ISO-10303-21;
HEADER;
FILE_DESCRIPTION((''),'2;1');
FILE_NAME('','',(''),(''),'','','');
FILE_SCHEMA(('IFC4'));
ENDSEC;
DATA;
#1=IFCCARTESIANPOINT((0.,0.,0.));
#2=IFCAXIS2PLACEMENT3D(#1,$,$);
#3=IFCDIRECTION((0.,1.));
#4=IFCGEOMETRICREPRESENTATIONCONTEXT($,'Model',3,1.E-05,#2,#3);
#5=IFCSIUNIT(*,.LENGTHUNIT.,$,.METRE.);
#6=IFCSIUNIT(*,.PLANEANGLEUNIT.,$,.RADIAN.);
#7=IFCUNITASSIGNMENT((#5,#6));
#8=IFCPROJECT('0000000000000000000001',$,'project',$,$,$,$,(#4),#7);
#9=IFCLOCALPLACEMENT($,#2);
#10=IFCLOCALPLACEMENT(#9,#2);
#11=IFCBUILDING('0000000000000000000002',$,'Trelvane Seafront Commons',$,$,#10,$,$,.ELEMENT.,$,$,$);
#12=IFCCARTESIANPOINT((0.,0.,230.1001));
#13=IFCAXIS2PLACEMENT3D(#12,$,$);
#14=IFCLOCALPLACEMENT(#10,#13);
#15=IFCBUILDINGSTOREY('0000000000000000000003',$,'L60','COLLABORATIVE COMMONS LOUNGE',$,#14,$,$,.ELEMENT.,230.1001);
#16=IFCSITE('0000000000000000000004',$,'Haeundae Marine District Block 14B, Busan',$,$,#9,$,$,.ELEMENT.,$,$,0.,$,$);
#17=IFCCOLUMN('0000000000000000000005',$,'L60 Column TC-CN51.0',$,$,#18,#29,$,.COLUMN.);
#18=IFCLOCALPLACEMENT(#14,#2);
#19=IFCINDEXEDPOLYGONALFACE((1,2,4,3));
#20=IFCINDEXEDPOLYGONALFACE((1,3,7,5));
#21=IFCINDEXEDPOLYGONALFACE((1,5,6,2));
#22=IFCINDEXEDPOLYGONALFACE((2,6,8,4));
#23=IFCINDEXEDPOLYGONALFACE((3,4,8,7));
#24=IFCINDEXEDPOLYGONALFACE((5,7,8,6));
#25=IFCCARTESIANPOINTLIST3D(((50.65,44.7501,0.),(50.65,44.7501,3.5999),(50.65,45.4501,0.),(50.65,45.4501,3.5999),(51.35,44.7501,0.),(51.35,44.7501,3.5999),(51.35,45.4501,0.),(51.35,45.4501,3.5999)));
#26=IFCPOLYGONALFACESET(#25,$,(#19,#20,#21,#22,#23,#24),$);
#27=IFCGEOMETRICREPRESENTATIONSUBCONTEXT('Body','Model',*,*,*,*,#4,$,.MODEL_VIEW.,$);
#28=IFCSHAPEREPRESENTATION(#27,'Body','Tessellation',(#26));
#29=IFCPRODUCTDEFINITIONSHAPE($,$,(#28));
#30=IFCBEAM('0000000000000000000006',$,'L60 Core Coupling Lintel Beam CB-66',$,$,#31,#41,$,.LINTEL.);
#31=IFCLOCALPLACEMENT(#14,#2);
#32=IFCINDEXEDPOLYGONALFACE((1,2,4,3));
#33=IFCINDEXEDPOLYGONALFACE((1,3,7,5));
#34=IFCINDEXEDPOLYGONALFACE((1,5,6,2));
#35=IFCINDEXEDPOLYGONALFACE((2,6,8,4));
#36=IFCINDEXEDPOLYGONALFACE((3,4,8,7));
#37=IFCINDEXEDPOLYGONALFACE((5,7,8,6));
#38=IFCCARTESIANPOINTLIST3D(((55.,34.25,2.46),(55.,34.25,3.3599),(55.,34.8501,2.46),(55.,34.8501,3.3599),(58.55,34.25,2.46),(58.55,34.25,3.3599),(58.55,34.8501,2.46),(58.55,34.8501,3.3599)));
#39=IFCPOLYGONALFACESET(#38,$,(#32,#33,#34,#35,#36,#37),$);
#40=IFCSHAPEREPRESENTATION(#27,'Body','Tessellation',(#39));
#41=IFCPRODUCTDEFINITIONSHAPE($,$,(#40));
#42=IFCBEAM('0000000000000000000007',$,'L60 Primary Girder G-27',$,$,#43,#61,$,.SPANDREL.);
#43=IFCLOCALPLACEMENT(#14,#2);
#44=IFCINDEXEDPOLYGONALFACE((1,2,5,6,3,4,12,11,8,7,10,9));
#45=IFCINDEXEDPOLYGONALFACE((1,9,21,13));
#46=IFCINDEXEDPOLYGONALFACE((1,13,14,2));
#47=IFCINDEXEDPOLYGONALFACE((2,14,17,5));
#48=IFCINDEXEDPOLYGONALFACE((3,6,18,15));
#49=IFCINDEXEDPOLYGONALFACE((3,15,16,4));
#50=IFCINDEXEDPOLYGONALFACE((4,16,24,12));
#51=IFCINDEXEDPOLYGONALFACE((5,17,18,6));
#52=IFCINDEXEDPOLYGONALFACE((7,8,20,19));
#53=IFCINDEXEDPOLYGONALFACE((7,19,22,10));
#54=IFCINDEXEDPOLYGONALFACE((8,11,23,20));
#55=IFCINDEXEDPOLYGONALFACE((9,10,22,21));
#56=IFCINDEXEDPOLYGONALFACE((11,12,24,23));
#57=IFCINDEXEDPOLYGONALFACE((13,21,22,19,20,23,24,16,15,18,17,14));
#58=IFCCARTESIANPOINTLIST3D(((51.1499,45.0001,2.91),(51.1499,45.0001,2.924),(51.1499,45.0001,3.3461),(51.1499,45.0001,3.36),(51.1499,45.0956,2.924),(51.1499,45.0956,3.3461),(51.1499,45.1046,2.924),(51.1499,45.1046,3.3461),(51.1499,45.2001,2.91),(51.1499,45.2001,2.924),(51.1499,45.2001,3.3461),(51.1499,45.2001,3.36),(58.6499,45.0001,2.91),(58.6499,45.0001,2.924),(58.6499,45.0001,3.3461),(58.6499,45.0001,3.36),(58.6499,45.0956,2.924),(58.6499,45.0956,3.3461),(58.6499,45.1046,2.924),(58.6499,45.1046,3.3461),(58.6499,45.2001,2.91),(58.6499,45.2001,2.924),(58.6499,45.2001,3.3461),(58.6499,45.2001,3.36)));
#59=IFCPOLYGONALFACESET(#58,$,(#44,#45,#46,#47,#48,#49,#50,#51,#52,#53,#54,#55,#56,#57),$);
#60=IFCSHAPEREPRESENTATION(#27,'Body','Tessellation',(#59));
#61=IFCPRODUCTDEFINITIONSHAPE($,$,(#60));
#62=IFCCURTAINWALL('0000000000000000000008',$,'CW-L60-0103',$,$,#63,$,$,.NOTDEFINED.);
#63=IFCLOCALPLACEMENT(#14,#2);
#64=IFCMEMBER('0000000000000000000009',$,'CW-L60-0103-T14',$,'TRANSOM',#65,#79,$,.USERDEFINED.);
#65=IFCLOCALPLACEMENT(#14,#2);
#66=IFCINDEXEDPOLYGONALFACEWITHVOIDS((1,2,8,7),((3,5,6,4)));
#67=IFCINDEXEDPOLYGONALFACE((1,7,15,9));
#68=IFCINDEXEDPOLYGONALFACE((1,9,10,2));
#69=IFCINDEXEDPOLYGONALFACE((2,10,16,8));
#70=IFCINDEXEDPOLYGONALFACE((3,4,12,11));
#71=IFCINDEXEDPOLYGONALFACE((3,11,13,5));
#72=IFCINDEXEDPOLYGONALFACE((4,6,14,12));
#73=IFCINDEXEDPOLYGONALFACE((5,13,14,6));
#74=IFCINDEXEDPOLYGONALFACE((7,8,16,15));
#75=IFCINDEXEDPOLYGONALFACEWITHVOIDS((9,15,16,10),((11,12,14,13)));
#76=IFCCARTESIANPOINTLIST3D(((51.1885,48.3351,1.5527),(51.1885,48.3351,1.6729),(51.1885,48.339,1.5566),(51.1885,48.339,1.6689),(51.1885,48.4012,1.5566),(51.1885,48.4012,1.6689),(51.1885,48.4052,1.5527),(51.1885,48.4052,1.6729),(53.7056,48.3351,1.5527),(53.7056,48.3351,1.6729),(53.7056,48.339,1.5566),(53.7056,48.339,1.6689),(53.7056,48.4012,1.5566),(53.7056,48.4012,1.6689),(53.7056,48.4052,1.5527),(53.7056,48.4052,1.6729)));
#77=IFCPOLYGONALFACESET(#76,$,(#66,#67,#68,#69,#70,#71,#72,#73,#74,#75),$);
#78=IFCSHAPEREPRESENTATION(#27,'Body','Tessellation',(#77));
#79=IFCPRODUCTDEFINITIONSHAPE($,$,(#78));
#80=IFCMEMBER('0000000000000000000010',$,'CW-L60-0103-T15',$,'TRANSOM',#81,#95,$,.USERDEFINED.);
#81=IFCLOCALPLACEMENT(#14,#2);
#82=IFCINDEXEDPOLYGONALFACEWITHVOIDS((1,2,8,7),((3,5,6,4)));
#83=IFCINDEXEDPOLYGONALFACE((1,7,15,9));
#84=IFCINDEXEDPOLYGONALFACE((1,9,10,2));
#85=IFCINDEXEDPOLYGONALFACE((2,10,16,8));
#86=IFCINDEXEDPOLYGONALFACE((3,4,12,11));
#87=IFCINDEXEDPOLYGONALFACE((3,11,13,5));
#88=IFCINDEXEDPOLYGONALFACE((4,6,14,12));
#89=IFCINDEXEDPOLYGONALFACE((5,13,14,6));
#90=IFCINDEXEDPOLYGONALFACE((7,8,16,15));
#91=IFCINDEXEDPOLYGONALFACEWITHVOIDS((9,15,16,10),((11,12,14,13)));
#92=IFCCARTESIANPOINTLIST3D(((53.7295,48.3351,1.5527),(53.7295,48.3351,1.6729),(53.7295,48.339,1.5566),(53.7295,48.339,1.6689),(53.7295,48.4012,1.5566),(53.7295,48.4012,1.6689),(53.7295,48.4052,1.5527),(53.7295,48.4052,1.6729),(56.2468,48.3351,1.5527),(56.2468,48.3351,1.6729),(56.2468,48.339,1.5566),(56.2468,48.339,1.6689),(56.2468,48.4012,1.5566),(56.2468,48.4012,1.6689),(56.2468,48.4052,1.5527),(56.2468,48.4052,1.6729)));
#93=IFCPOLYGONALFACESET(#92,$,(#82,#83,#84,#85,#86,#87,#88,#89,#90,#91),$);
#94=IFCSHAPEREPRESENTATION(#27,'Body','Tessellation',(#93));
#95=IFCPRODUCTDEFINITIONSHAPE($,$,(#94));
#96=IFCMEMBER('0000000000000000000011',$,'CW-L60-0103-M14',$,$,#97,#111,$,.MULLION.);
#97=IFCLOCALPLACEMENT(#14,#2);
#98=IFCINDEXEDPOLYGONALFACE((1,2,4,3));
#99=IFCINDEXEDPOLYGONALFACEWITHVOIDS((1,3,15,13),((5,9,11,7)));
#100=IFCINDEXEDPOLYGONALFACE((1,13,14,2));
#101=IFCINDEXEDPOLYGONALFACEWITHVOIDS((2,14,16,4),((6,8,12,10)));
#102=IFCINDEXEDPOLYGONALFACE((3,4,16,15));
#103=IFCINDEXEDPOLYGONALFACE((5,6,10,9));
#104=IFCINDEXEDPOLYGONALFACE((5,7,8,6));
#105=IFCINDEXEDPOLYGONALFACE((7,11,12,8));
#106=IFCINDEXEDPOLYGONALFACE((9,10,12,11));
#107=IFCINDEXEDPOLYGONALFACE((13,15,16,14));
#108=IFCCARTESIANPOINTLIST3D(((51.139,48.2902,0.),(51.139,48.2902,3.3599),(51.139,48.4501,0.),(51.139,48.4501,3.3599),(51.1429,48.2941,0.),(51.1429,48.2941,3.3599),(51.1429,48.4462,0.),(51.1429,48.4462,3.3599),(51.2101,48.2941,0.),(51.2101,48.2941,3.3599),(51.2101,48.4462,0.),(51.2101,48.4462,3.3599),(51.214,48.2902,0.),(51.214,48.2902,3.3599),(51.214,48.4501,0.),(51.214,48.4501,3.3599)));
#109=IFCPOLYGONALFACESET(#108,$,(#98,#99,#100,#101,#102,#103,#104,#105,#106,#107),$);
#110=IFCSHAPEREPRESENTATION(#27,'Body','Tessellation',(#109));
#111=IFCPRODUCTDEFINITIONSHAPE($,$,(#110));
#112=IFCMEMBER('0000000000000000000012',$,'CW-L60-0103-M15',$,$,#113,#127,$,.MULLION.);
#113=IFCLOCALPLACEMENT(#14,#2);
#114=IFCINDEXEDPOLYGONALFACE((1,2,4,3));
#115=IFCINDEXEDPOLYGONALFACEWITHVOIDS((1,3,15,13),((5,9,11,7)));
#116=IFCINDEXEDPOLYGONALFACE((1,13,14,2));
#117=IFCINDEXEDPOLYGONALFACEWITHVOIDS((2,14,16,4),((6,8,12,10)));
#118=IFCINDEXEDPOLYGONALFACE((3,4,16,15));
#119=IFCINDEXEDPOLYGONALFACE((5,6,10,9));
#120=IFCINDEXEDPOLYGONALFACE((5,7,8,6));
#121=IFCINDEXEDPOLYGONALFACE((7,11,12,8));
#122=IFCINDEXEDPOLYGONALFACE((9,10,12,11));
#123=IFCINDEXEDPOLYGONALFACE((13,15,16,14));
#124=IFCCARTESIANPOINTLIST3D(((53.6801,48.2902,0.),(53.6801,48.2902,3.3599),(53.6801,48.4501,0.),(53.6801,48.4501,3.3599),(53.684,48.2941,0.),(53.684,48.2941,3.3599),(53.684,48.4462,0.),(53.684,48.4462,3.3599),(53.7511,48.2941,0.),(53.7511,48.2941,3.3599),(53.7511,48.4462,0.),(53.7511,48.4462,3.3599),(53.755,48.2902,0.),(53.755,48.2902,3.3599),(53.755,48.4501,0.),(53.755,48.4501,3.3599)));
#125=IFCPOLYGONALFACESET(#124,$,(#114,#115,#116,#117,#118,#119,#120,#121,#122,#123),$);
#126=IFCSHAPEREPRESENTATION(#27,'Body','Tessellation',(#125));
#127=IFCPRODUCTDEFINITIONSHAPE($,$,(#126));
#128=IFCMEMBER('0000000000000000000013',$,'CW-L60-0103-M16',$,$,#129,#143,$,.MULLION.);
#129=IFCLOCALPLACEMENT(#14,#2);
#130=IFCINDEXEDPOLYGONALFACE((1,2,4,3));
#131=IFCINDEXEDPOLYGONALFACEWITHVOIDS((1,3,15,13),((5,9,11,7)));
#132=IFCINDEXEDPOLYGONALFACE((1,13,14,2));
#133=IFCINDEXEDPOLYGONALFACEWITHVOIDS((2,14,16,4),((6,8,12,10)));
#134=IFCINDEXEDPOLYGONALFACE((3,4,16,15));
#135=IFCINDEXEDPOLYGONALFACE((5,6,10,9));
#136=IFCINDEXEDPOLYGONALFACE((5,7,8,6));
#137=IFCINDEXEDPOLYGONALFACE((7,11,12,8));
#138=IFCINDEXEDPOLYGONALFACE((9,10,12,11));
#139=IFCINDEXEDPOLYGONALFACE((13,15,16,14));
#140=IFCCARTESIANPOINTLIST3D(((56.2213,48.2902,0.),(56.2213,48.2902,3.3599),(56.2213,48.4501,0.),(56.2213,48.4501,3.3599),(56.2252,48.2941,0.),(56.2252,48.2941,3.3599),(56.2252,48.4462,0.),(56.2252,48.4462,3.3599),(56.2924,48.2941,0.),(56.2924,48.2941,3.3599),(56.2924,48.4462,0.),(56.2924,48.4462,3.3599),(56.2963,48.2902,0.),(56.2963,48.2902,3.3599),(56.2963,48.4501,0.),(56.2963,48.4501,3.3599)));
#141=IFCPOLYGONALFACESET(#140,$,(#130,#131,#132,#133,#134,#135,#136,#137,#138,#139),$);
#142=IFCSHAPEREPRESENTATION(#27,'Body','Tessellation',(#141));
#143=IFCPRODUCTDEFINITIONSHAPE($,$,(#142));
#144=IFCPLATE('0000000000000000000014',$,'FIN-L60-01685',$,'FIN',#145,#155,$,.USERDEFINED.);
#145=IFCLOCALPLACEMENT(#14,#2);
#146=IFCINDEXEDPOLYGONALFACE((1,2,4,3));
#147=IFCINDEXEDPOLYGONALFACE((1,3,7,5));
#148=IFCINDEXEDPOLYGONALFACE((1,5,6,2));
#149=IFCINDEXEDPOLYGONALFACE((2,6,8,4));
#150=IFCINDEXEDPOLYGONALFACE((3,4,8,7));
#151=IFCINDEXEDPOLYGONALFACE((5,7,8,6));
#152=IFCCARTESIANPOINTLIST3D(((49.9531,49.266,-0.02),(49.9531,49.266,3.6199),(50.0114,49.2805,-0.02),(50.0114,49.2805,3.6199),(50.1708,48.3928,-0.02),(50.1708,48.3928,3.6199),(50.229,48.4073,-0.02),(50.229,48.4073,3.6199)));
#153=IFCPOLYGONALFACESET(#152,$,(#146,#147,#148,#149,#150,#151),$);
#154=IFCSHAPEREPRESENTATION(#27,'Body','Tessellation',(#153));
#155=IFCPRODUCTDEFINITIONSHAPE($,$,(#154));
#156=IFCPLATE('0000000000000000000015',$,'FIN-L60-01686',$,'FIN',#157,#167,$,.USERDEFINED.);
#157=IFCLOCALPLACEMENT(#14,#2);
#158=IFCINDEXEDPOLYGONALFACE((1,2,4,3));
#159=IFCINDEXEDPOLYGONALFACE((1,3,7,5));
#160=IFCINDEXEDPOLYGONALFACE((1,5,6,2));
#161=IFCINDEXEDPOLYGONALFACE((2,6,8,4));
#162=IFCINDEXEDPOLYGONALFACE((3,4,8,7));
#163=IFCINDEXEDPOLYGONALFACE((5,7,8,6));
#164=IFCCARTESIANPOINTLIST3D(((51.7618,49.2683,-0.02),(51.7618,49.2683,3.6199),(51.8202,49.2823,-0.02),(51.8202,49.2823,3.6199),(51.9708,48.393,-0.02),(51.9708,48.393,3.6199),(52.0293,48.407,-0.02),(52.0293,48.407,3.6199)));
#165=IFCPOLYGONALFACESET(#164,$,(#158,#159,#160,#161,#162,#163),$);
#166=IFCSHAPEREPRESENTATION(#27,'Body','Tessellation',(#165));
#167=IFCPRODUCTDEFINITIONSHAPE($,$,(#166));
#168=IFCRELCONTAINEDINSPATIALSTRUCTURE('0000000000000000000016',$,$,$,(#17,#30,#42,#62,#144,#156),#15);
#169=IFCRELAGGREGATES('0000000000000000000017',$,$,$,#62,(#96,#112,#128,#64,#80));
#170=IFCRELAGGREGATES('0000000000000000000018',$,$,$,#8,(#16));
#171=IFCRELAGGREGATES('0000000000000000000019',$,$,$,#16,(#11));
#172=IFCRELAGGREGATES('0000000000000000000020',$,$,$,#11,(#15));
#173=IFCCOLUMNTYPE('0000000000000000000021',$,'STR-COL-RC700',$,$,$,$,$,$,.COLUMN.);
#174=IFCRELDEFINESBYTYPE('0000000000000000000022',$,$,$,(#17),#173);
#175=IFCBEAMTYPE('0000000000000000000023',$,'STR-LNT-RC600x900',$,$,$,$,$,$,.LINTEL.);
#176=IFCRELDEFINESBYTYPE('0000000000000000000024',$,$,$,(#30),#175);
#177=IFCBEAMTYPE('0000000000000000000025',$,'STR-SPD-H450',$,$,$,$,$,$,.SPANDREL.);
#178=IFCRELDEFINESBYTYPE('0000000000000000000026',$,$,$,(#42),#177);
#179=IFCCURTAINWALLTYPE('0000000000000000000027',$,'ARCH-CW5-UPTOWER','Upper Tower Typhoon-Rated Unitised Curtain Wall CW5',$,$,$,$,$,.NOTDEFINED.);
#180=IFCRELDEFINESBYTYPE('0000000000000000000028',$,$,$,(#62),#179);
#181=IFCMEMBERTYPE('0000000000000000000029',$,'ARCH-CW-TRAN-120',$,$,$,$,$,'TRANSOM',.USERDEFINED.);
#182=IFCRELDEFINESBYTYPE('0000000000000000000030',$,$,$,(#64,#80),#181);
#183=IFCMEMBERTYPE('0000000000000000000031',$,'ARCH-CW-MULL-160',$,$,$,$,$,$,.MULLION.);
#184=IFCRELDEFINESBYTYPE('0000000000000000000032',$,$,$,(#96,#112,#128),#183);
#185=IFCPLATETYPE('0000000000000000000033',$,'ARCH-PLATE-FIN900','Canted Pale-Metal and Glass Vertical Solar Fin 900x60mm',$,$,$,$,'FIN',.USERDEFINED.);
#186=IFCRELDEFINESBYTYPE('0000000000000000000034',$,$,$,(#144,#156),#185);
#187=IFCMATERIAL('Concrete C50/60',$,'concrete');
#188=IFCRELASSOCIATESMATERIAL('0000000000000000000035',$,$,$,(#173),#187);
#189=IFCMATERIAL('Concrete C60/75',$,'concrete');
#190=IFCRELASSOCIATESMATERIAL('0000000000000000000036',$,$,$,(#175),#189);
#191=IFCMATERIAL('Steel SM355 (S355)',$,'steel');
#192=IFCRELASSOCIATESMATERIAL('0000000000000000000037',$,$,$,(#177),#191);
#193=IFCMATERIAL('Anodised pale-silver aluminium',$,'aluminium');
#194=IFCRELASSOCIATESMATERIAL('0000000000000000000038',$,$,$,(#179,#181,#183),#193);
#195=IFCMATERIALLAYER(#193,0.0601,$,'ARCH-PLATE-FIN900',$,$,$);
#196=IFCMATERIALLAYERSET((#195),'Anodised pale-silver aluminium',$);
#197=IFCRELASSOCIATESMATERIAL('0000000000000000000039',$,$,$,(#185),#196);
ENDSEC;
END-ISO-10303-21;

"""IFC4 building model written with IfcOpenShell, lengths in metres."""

from ifc_helpers import new_model, si_unit, direction, frame, origin, origin_2d, place, context, subcontext, project, spatial, rectangle, hollow_rectangle, i_section, extrude, source, transform, mapped, material, layer, layer_set, material_profile, profile_set, type_object, element, aggregate, save


model = new_model("IFC4")

# Units and contexts
model_context = context("Model", 3, precision=1e-05, world=origin(), true_north=direction((0.0, 1.0)))
body_context = subcontext(model_context, "Body", "Model", "MODEL_VIEW")
ifc_project = project(units=[si_unit("LENGTHUNIT", "METRE"), si_unit("PLANEANGLEUNIT", "RADIAN")], contexts=[model_context])

# Site, building, storey
site_placement = place(None, origin())
site = spatial("IfcSite", under=ifc_project, at=site_placement, Name="Haeundae Marine District Block 14B, Busan", CompositionType="ELEMENT", RefElevation=0.0)
building_placement = place(site_placement, origin())
building = spatial("IfcBuilding", under=site, at=building_placement, Name="Trelvane Seafront Commons", CompositionType="ELEMENT")
storey_placement = place(building_placement, frame((0.0, 0.0, 230.1001)))
storey = spatial("IfcBuildingStorey", under=building, at=storey_placement, Name="L60", Description="COLLABORATIVE COMMONS LOUNGE", CompositionType="ELEMENT", Elevation=230.1001)

# Column
ifc_material_1 = material(Name="Concrete C50/60", Category="concrete")
ifc_material_profile_1 = material_profile(ifc_material_1, rectangle(XDim=0.7, YDim=0.7, at=origin_2d()), Name="RC-700x700")
ifc_profile_set_1 = profile_set([ifc_material_profile_1], Name="Concrete C50/60")
column_type = type_object("IfcColumnType", Name="STR-COL-RC700", PredefinedType="COLUMN", material=ifc_profile_set_1)
shared_shape_1 = source(origin(), body_context, "Body", "SweptSolid", [
    extrude(rectangle(XDim=0.7, YDim=0.7, at=origin_2d()), origin(), (0.0, 0.0, 1.0), 3.5999),
])
column_placement = place(storey_placement, frame((51.0, 45.1001, 0.0), z_axis=(0.0, 0.0, 1.0), x_axis=(1.0, 0.0, 0.0)))
element("IfcColumn", 1, at=column_placement, inside=storey, type_object=column_type, Name="L60 Column TC-CN51.0", PredefinedType="COLUMN", context=body_context, shape_type="MappedRepresentation", body=[
    mapped(shared_shape_1, transform((0.0, 0.0, 0.0), x_axis=(1.0, 0.0, 0.0), y_axis=(0.0, 1.0, 0.0), z_axis=(0.0, 0.0, 1.0), scale=1.0)),
])

# Beams
ifc_material_2 = material(Name="Concrete C60/75", Category="concrete")
ifc_material_profile_2 = material_profile(ifc_material_2, rectangle(XDim=0.6001, YDim=0.8999, at=origin_2d()), Name="RC-600x900")
ifc_profile_set_2 = profile_set([ifc_material_profile_2], Name="Concrete C60/75")
beam_type_1 = type_object("IfcBeamType", Name="STR-LNT-RC600x900", PredefinedType="LINTEL", material=ifc_profile_set_2)
shared_shape_2 = source(origin(), body_context, "Body", "SweptSolid", [
    extrude(rectangle(XDim=0.6001, YDim=0.8999, at=origin_2d()), origin(), (0.0, 0.0, 1.0), 3.55),
])
beam_1_placement = place(storey_placement, frame((55.0, 34.55, 2.9099), z_axis=(1.0, 0.0, 0.0), x_axis=(0.0, 1.0, 0.0)))
element("IfcBeam", 2, at=beam_1_placement, inside=storey, type_object=beam_type_1, Name="L60 Core Coupling Lintel Beam CB-66", PredefinedType="LINTEL", context=body_context, shape_type="MappedRepresentation", body=[
    mapped(shared_shape_2, transform((0.0, 0.0, 0.0), x_axis=(1.0, 0.0, 0.0), y_axis=(0.0, 1.0, 0.0), z_axis=(0.0, 0.0, 1.0), scale=1.0)),
])
ifc_material_3 = material(Name="Steel SM355 (S355)", Category="steel")
ifc_material_profile_3 = material_profile(ifc_material_3, i_section(OverallWidth=0.2, OverallDepth=0.45, WebThickness=0.009, FlangeThickness=0.0139, at=origin_2d()), Name="H-450x200x9x14")
ifc_profile_set_3 = profile_set([ifc_material_profile_3], Name="Steel SM355 (S355)")
beam_type_2 = type_object("IfcBeamType", Name="STR-SPD-H450", PredefinedType="SPANDREL", material=ifc_profile_set_3)
shared_shape_3 = source(origin(), body_context, "Body", "SweptSolid", [
    extrude(i_section(OverallWidth=0.2, OverallDepth=0.45, WebThickness=0.009, FlangeThickness=0.0139, at=origin_2d()), origin(), (0.0, 0.0, 1.0), 7.5),
])
beam_2_placement = place(storey_placement, frame((51.1499, 45.1001, 3.135), z_axis=(1.0, 0.0, 0.0), x_axis=(0.0, 1.0, 0.0)))
element("IfcBeam", 3, at=beam_2_placement, inside=storey, type_object=beam_type_2, Name="L60 Primary Girder G-27", PredefinedType="SPANDREL", context=body_context, shape_type="MappedRepresentation", body=[
    mapped(shared_shape_3, transform((0.0, 0.0, 0.0), x_axis=(1.0, 0.0, 0.0), y_axis=(0.0, 1.0, 0.0), z_axis=(0.0, 0.0, 1.0), scale=1.0)),
])

# Curtain wall, members
ifc_material_4 = material(Name="Anodised pale-silver aluminium", Category="aluminium")
curtain_wall_type = type_object("IfcCurtainWallType", Name="ARCH-CW5-UPTOWER", Description="Upper Tower Typhoon-Rated Unitised Curtain Wall CW5", PredefinedType="NOTDEFINED", material=ifc_material_4)
curtain_wall_placement = place(storey_placement, origin())
curtain_wall = element("IfcCurtainWall", 4, at=curtain_wall_placement, inside=storey, type_object=curtain_wall_type, Name="CW-L60-0103", PredefinedType="NOTDEFINED")
ifc_material_profile_4 = material_profile(ifc_material_4, hollow_rectangle(XDim=0.0701, YDim=0.1201, WallThickness=0.0039, at=origin_2d()), Name="TRAN-70x120x4")
ifc_profile_set_4 = profile_set([ifc_material_profile_4], Name="Anodised pale-silver aluminium")
member_type_1 = type_object("IfcMemberType", Name="ARCH-CW-TRAN-120", ElementType="TRANSOM", PredefinedType="USERDEFINED", material=ifc_profile_set_4)
shared_shape_4 = source(origin(), body_context, "Body", "SweptSolid", [
    extrude(hollow_rectangle(XDim=0.0701, YDim=0.1201, WallThickness=0.0039, at=origin_2d()), origin(), (0.0, 0.0, 1.0), 2.5171),
])
member_1_placement = place(storey_placement, frame((51.1885, 48.3701, 1.6128), z_axis=(1.0, 0.0, 0.0), x_axis=(0.0, 1.0, 0.0)))
member_1 = element("IfcMember", 5, at=member_1_placement, type_object=member_type_1, Name="CW-L60-0103-T14", ObjectType="TRANSOM", PredefinedType="USERDEFINED", context=body_context, shape_type="MappedRepresentation", body=[
    mapped(shared_shape_4, transform((0.0, 0.0, 0.0), x_axis=(1.0, 0.0, 0.0), y_axis=(0.0, 1.0, 0.0), z_axis=(0.0, 0.0, 1.0), scale=1.0)),
])
shared_shape_5 = source(origin(), body_context, "Body", "SweptSolid", [
    extrude(hollow_rectangle(XDim=0.0701, YDim=0.1201, WallThickness=0.0039, at=origin_2d()), origin(), (0.0, 0.0, 1.0), 2.5173),
])
member_2_placement = place(storey_placement, frame((53.7295, 48.3701, 1.6128), z_axis=(1.0, 0.0, 0.0), x_axis=(0.0, 1.0, 0.0)))
member_2 = element("IfcMember", 6, at=member_2_placement, type_object=member_type_1, Name="CW-L60-0103-T15", ObjectType="TRANSOM", PredefinedType="USERDEFINED", context=body_context, shape_type="MappedRepresentation", body=[
    mapped(shared_shape_5, transform((0.0, 0.0, 0.0), x_axis=(1.0, 0.0, 0.0), y_axis=(0.0, 1.0, 0.0), z_axis=(0.0, 0.0, 1.0), scale=1.0)),
])
ifc_material_profile_5 = material_profile(ifc_material_4, hollow_rectangle(XDim=0.075, YDim=0.1599, WallThickness=0.0039, at=origin_2d()), Name="MULL-75x160x4")
ifc_profile_set_5 = profile_set([ifc_material_profile_5], Name="Anodised pale-silver aluminium")
member_type_2 = type_object("IfcMemberType", Name="ARCH-CW-MULL-160", PredefinedType="MULLION", material=ifc_profile_set_5)
shared_shape_6 = source(origin(), body_context, "Body", "SweptSolid", [
    extrude(hollow_rectangle(XDim=0.075, YDim=0.1599, WallThickness=0.0039, at=origin_2d()), origin(), (0.0, 0.0, 1.0), 3.3599),
])
member_3_placement = place(storey_placement, frame((51.1765, 48.3701, 0.0), z_axis=(0.0, 0.0, 1.0), x_axis=(1.0, 0.0, 0.0)))
member_3 = element("IfcMember", 7, at=member_3_placement, type_object=member_type_2, Name="CW-L60-0103-M14", PredefinedType="MULLION", context=body_context, shape_type="MappedRepresentation", body=[
    mapped(shared_shape_6, transform((0.0, 0.0, 0.0), x_axis=(1.0, 0.0, 0.0), y_axis=(0.0, 1.0, 0.0), z_axis=(0.0, 0.0, 1.0), scale=1.0)),
])
member_4_placement = place(storey_placement, frame((53.7175, 48.3701, 0.0), z_axis=(0.0, 0.0, 1.0), x_axis=(1.0, 0.0, 0.0)))
member_4 = element("IfcMember", 8, at=member_4_placement, type_object=member_type_2, Name="CW-L60-0103-M15", PredefinedType="MULLION", context=body_context, shape_type="MappedRepresentation", body=[
    mapped(shared_shape_6, transform((0.0, 0.0, 0.0), x_axis=(1.0, 0.0, 0.0), y_axis=(0.0, 1.0, 0.0), z_axis=(0.0, 0.0, 1.0), scale=1.0)),
])
member_5_placement = place(storey_placement, frame((56.2588, 48.3701, 0.0), z_axis=(0.0, 0.0, 1.0), x_axis=(1.0, 0.0, 0.0)))
member_5 = element("IfcMember", 9, at=member_5_placement, type_object=member_type_2, Name="CW-L60-0103-M16", PredefinedType="MULLION", context=body_context, shape_type="MappedRepresentation", body=[
    mapped(shared_shape_6, transform((0.0, 0.0, 0.0), x_axis=(1.0, 0.0, 0.0), y_axis=(0.0, 1.0, 0.0), z_axis=(0.0, 0.0, 1.0), scale=1.0)),
])

# Plates
ifc_layer_1 = layer(ifc_material_4, 0.0601, Name="ARCH-PLATE-FIN900")
ifc_layer_set_1 = layer_set([ifc_layer_1], Name="Anodised pale-silver aluminium")
plate_type_1 = type_object("IfcPlateType", Name="ARCH-PLATE-FIN900", Description="Canted Pale-Metal and Glass Vertical Solar Fin 900x60mm", ElementType="FIN", PredefinedType="USERDEFINED", material=ifc_layer_set_1)
shared_shape_7 = source(origin(), body_context, "Body", "SweptSolid", [
    extrude(rectangle(XDim=0.8999, YDim=0.0601, at=origin_2d()), origin(), (0.0, 0.0, 1.0), 3.6399),
])
for number, where, z_axis, x_axis, name in (
    (10, (50.0911, 48.8367, -0.02), (0.0, 0.0, 1.0), (-0.241881, 0.970306, 0.0), "FIN-L60-01685"),
    (11, (51.8955, 48.8376, -0.02), (0.0, 0.0, 1.0), (-0.232327, 0.972638, 0.0), "FIN-L60-01686"),
):
    element("IfcPlate", number, at=place(storey_placement, frame(where, z_axis=z_axis, x_axis=x_axis)), inside=storey, type_object=plate_type_1, Name=name, ObjectType="FIN", PredefinedType="USERDEFINED", context=body_context, shape_type="MappedRepresentation", body=[
        mapped(shared_shape_7, transform((0.0, 0.0, 0.0), x_axis=(1.0, 0.0, 0.0), y_axis=(0.0, 1.0, 0.0), z_axis=(0.0, 0.0, 1.0), scale=1.0)),
    ])

aggregate(curtain_wall, [member_3, member_4, member_5, member_1, member_2])

save(model, "model.ifc")
